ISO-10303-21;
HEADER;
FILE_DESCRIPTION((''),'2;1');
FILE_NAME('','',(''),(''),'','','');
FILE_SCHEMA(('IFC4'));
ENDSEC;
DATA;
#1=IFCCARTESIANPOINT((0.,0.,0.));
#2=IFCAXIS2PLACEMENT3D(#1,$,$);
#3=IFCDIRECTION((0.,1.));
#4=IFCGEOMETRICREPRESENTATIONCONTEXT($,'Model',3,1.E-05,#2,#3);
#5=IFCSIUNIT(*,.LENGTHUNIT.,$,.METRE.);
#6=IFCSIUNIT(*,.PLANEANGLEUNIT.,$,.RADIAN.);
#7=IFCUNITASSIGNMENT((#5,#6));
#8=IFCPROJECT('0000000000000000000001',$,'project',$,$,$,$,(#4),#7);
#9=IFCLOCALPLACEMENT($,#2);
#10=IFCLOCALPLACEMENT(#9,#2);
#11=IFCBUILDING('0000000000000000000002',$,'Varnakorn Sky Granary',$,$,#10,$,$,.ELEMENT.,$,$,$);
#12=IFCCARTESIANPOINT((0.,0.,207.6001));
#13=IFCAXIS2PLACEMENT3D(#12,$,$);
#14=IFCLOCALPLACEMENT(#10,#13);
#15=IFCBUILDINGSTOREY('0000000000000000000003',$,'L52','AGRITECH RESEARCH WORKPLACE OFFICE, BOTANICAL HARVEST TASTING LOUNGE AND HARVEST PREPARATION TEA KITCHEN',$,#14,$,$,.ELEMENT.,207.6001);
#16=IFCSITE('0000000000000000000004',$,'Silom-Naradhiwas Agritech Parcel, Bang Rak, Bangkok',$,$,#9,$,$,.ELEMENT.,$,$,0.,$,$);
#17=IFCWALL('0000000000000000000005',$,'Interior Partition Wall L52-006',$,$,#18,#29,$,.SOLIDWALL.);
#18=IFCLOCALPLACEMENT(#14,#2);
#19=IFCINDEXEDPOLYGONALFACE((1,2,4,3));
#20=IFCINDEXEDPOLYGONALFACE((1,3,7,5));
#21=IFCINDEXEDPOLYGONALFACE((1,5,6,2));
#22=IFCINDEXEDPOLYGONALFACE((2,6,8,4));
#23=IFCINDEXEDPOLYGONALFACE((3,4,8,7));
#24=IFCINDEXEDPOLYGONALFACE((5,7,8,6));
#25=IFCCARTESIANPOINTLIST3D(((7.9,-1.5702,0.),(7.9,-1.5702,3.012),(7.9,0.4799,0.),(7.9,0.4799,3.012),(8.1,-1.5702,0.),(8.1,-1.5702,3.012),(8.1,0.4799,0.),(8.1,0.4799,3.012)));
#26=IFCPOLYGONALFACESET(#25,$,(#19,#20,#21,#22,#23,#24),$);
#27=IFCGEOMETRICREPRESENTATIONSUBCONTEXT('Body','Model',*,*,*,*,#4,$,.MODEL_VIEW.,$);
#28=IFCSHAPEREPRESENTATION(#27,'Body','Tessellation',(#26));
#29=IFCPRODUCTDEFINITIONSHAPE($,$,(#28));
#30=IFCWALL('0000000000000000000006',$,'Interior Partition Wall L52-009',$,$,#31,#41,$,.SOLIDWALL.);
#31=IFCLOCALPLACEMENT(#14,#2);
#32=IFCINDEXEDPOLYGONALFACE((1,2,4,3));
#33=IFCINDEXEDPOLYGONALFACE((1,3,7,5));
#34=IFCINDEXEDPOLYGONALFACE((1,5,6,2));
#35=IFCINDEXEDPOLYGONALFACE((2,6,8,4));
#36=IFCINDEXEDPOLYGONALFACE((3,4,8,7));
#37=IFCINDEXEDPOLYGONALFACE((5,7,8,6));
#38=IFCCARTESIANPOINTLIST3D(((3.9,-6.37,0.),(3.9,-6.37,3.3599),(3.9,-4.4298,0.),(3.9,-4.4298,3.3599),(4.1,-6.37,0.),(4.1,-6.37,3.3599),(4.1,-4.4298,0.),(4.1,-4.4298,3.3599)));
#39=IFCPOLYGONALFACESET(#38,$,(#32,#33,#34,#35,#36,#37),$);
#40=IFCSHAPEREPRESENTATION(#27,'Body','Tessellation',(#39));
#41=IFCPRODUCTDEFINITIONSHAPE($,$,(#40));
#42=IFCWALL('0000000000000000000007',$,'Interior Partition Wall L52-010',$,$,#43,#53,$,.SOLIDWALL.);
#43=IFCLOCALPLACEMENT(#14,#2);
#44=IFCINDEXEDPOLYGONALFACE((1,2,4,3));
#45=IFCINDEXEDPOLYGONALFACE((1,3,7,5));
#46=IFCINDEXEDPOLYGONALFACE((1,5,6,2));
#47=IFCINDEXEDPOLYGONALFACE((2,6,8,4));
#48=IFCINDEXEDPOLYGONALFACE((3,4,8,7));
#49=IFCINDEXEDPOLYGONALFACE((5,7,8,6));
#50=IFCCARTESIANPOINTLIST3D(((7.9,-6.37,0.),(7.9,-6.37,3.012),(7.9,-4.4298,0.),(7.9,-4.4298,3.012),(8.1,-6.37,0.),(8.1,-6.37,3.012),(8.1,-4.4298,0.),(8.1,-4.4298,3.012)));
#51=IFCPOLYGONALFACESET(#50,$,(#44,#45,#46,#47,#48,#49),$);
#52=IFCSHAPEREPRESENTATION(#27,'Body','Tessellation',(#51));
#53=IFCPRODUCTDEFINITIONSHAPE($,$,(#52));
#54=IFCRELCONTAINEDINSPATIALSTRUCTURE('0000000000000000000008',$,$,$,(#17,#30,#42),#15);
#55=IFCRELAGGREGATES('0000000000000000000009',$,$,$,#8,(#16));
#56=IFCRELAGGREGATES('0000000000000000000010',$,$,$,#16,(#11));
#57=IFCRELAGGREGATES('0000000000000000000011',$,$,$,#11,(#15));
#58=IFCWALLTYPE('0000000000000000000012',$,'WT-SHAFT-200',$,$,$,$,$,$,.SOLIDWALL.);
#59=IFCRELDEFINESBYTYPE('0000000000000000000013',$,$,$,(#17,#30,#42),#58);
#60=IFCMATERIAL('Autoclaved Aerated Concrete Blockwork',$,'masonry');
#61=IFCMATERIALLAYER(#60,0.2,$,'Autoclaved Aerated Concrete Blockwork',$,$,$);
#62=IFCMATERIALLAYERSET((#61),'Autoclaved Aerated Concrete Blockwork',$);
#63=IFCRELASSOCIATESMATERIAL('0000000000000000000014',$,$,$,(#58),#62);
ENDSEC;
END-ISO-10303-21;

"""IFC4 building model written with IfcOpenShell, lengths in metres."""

from ifc_helpers import new_model, si_unit, direction, frame, frame_2d, origin, place, context, subcontext, project, spatial, rectangle, extrude, material, layer, layer_set, type_object, element, save


model = new_model("IFC4")

# Units and contexts
model_context = context("Model", 3, precision=1e-05, world=origin(), true_north=direction((0.0, 1.0)))
body_context = subcontext(model_context, "Body", "Model", "MODEL_VIEW")
ifc_project = project(units=[si_unit("LENGTHUNIT", "METRE"), si_unit("PLANEANGLEUNIT", "RADIAN")], contexts=[model_context])

# Site, building, storey
site_placement = place(None, origin())
site = spatial("IfcSite", under=ifc_project, at=site_placement, Name="Silom-Naradhiwas Agritech Parcel, Bang Rak, Bangkok", CompositionType="ELEMENT", RefElevation=0.0)
building_placement = place(site_placement, origin())
building = spatial("IfcBuilding", under=site, at=building_placement, Name="Varnakorn Sky Granary", CompositionType="ELEMENT")
storey_placement = place(building_placement, frame((0.0, 0.0, 207.6001)))
storey = spatial("IfcBuildingStorey", under=building, at=storey_placement, Name="L52", Description="AGRITECH RESEARCH WORKPLACE OFFICE, BOTANICAL HARVEST TASTING LOUNGE AND HARVEST PREPARATION TEA KITCHEN", CompositionType="ELEMENT", Elevation=207.6001)

# Shared definitions
ifc_material_1 = material(Name="Autoclaved Aerated Concrete Blockwork", Category="masonry")

# Walls
ifc_layer_1 = layer(ifc_material_1, 0.2, Name="Autoclaved Aerated Concrete Blockwork")
ifc_layer_set_1 = layer_set([ifc_layer_1], Name="Autoclaved Aerated Concrete Blockwork")
wall_type_1 = type_object("IfcWallType", Name="WT-SHAFT-200", PredefinedType="SOLIDWALL", material=ifc_layer_set_1)
wall_1_placement = place(storey_placement, frame((8.0, -1.5701, 0.0), z_axis=(0.0, 0.0, 1.0), x_axis=(0.0, 1.0, 0.0)))
element("IfcWall", 1, at=wall_1_placement, inside=storey, type_object=wall_type_1, Name="Interior Partition Wall L52-006", PredefinedType="SOLIDWALL", context=body_context, shape_type="SweptSolid", body=[
    extrude(rectangle(XDim=2.05, YDim=0.2, at=frame_2d((1.0249, 0.0))), origin(), (0.0, 0.0, 1.0), 3.012),
])
wall_2_placement = place(storey_placement, frame((4.0, -6.3701, 0.0), z_axis=(0.0, 0.0, 1.0), x_axis=(0.0, 1.0, 0.0)))
element("IfcWall", 2, at=wall_2_placement, inside=storey, type_object=wall_type_1, Name="Interior Partition Wall L52-009", PredefinedType="SOLIDWALL", context=body_context, shape_type="SweptSolid", body=[
    extrude(rectangle(XDim=1.9402, YDim=0.2, at=frame_2d((0.9702, 0.0))), origin(), (0.0, 0.0, 1.0), 3.3599),
])
wall_3_placement = place(storey_placement, frame((8.0, -6.3701, 0.0), z_axis=(0.0, 0.0, 1.0), x_axis=(0.0, 1.0, 0.0)))
element("IfcWall", 3, at=wall_3_placement, inside=storey, type_object=wall_type_1, Name="Interior Partition Wall L52-010", PredefinedType="SOLIDWALL", context=body_context, shape_type="SweptSolid", body=[
    extrude(rectangle(XDim=1.9402, YDim=0.2, at=frame_2d((0.9702, 0.0))), origin(), (0.0, 0.0, 1.0), 3.012),
])

save(model, "model.ifc")
